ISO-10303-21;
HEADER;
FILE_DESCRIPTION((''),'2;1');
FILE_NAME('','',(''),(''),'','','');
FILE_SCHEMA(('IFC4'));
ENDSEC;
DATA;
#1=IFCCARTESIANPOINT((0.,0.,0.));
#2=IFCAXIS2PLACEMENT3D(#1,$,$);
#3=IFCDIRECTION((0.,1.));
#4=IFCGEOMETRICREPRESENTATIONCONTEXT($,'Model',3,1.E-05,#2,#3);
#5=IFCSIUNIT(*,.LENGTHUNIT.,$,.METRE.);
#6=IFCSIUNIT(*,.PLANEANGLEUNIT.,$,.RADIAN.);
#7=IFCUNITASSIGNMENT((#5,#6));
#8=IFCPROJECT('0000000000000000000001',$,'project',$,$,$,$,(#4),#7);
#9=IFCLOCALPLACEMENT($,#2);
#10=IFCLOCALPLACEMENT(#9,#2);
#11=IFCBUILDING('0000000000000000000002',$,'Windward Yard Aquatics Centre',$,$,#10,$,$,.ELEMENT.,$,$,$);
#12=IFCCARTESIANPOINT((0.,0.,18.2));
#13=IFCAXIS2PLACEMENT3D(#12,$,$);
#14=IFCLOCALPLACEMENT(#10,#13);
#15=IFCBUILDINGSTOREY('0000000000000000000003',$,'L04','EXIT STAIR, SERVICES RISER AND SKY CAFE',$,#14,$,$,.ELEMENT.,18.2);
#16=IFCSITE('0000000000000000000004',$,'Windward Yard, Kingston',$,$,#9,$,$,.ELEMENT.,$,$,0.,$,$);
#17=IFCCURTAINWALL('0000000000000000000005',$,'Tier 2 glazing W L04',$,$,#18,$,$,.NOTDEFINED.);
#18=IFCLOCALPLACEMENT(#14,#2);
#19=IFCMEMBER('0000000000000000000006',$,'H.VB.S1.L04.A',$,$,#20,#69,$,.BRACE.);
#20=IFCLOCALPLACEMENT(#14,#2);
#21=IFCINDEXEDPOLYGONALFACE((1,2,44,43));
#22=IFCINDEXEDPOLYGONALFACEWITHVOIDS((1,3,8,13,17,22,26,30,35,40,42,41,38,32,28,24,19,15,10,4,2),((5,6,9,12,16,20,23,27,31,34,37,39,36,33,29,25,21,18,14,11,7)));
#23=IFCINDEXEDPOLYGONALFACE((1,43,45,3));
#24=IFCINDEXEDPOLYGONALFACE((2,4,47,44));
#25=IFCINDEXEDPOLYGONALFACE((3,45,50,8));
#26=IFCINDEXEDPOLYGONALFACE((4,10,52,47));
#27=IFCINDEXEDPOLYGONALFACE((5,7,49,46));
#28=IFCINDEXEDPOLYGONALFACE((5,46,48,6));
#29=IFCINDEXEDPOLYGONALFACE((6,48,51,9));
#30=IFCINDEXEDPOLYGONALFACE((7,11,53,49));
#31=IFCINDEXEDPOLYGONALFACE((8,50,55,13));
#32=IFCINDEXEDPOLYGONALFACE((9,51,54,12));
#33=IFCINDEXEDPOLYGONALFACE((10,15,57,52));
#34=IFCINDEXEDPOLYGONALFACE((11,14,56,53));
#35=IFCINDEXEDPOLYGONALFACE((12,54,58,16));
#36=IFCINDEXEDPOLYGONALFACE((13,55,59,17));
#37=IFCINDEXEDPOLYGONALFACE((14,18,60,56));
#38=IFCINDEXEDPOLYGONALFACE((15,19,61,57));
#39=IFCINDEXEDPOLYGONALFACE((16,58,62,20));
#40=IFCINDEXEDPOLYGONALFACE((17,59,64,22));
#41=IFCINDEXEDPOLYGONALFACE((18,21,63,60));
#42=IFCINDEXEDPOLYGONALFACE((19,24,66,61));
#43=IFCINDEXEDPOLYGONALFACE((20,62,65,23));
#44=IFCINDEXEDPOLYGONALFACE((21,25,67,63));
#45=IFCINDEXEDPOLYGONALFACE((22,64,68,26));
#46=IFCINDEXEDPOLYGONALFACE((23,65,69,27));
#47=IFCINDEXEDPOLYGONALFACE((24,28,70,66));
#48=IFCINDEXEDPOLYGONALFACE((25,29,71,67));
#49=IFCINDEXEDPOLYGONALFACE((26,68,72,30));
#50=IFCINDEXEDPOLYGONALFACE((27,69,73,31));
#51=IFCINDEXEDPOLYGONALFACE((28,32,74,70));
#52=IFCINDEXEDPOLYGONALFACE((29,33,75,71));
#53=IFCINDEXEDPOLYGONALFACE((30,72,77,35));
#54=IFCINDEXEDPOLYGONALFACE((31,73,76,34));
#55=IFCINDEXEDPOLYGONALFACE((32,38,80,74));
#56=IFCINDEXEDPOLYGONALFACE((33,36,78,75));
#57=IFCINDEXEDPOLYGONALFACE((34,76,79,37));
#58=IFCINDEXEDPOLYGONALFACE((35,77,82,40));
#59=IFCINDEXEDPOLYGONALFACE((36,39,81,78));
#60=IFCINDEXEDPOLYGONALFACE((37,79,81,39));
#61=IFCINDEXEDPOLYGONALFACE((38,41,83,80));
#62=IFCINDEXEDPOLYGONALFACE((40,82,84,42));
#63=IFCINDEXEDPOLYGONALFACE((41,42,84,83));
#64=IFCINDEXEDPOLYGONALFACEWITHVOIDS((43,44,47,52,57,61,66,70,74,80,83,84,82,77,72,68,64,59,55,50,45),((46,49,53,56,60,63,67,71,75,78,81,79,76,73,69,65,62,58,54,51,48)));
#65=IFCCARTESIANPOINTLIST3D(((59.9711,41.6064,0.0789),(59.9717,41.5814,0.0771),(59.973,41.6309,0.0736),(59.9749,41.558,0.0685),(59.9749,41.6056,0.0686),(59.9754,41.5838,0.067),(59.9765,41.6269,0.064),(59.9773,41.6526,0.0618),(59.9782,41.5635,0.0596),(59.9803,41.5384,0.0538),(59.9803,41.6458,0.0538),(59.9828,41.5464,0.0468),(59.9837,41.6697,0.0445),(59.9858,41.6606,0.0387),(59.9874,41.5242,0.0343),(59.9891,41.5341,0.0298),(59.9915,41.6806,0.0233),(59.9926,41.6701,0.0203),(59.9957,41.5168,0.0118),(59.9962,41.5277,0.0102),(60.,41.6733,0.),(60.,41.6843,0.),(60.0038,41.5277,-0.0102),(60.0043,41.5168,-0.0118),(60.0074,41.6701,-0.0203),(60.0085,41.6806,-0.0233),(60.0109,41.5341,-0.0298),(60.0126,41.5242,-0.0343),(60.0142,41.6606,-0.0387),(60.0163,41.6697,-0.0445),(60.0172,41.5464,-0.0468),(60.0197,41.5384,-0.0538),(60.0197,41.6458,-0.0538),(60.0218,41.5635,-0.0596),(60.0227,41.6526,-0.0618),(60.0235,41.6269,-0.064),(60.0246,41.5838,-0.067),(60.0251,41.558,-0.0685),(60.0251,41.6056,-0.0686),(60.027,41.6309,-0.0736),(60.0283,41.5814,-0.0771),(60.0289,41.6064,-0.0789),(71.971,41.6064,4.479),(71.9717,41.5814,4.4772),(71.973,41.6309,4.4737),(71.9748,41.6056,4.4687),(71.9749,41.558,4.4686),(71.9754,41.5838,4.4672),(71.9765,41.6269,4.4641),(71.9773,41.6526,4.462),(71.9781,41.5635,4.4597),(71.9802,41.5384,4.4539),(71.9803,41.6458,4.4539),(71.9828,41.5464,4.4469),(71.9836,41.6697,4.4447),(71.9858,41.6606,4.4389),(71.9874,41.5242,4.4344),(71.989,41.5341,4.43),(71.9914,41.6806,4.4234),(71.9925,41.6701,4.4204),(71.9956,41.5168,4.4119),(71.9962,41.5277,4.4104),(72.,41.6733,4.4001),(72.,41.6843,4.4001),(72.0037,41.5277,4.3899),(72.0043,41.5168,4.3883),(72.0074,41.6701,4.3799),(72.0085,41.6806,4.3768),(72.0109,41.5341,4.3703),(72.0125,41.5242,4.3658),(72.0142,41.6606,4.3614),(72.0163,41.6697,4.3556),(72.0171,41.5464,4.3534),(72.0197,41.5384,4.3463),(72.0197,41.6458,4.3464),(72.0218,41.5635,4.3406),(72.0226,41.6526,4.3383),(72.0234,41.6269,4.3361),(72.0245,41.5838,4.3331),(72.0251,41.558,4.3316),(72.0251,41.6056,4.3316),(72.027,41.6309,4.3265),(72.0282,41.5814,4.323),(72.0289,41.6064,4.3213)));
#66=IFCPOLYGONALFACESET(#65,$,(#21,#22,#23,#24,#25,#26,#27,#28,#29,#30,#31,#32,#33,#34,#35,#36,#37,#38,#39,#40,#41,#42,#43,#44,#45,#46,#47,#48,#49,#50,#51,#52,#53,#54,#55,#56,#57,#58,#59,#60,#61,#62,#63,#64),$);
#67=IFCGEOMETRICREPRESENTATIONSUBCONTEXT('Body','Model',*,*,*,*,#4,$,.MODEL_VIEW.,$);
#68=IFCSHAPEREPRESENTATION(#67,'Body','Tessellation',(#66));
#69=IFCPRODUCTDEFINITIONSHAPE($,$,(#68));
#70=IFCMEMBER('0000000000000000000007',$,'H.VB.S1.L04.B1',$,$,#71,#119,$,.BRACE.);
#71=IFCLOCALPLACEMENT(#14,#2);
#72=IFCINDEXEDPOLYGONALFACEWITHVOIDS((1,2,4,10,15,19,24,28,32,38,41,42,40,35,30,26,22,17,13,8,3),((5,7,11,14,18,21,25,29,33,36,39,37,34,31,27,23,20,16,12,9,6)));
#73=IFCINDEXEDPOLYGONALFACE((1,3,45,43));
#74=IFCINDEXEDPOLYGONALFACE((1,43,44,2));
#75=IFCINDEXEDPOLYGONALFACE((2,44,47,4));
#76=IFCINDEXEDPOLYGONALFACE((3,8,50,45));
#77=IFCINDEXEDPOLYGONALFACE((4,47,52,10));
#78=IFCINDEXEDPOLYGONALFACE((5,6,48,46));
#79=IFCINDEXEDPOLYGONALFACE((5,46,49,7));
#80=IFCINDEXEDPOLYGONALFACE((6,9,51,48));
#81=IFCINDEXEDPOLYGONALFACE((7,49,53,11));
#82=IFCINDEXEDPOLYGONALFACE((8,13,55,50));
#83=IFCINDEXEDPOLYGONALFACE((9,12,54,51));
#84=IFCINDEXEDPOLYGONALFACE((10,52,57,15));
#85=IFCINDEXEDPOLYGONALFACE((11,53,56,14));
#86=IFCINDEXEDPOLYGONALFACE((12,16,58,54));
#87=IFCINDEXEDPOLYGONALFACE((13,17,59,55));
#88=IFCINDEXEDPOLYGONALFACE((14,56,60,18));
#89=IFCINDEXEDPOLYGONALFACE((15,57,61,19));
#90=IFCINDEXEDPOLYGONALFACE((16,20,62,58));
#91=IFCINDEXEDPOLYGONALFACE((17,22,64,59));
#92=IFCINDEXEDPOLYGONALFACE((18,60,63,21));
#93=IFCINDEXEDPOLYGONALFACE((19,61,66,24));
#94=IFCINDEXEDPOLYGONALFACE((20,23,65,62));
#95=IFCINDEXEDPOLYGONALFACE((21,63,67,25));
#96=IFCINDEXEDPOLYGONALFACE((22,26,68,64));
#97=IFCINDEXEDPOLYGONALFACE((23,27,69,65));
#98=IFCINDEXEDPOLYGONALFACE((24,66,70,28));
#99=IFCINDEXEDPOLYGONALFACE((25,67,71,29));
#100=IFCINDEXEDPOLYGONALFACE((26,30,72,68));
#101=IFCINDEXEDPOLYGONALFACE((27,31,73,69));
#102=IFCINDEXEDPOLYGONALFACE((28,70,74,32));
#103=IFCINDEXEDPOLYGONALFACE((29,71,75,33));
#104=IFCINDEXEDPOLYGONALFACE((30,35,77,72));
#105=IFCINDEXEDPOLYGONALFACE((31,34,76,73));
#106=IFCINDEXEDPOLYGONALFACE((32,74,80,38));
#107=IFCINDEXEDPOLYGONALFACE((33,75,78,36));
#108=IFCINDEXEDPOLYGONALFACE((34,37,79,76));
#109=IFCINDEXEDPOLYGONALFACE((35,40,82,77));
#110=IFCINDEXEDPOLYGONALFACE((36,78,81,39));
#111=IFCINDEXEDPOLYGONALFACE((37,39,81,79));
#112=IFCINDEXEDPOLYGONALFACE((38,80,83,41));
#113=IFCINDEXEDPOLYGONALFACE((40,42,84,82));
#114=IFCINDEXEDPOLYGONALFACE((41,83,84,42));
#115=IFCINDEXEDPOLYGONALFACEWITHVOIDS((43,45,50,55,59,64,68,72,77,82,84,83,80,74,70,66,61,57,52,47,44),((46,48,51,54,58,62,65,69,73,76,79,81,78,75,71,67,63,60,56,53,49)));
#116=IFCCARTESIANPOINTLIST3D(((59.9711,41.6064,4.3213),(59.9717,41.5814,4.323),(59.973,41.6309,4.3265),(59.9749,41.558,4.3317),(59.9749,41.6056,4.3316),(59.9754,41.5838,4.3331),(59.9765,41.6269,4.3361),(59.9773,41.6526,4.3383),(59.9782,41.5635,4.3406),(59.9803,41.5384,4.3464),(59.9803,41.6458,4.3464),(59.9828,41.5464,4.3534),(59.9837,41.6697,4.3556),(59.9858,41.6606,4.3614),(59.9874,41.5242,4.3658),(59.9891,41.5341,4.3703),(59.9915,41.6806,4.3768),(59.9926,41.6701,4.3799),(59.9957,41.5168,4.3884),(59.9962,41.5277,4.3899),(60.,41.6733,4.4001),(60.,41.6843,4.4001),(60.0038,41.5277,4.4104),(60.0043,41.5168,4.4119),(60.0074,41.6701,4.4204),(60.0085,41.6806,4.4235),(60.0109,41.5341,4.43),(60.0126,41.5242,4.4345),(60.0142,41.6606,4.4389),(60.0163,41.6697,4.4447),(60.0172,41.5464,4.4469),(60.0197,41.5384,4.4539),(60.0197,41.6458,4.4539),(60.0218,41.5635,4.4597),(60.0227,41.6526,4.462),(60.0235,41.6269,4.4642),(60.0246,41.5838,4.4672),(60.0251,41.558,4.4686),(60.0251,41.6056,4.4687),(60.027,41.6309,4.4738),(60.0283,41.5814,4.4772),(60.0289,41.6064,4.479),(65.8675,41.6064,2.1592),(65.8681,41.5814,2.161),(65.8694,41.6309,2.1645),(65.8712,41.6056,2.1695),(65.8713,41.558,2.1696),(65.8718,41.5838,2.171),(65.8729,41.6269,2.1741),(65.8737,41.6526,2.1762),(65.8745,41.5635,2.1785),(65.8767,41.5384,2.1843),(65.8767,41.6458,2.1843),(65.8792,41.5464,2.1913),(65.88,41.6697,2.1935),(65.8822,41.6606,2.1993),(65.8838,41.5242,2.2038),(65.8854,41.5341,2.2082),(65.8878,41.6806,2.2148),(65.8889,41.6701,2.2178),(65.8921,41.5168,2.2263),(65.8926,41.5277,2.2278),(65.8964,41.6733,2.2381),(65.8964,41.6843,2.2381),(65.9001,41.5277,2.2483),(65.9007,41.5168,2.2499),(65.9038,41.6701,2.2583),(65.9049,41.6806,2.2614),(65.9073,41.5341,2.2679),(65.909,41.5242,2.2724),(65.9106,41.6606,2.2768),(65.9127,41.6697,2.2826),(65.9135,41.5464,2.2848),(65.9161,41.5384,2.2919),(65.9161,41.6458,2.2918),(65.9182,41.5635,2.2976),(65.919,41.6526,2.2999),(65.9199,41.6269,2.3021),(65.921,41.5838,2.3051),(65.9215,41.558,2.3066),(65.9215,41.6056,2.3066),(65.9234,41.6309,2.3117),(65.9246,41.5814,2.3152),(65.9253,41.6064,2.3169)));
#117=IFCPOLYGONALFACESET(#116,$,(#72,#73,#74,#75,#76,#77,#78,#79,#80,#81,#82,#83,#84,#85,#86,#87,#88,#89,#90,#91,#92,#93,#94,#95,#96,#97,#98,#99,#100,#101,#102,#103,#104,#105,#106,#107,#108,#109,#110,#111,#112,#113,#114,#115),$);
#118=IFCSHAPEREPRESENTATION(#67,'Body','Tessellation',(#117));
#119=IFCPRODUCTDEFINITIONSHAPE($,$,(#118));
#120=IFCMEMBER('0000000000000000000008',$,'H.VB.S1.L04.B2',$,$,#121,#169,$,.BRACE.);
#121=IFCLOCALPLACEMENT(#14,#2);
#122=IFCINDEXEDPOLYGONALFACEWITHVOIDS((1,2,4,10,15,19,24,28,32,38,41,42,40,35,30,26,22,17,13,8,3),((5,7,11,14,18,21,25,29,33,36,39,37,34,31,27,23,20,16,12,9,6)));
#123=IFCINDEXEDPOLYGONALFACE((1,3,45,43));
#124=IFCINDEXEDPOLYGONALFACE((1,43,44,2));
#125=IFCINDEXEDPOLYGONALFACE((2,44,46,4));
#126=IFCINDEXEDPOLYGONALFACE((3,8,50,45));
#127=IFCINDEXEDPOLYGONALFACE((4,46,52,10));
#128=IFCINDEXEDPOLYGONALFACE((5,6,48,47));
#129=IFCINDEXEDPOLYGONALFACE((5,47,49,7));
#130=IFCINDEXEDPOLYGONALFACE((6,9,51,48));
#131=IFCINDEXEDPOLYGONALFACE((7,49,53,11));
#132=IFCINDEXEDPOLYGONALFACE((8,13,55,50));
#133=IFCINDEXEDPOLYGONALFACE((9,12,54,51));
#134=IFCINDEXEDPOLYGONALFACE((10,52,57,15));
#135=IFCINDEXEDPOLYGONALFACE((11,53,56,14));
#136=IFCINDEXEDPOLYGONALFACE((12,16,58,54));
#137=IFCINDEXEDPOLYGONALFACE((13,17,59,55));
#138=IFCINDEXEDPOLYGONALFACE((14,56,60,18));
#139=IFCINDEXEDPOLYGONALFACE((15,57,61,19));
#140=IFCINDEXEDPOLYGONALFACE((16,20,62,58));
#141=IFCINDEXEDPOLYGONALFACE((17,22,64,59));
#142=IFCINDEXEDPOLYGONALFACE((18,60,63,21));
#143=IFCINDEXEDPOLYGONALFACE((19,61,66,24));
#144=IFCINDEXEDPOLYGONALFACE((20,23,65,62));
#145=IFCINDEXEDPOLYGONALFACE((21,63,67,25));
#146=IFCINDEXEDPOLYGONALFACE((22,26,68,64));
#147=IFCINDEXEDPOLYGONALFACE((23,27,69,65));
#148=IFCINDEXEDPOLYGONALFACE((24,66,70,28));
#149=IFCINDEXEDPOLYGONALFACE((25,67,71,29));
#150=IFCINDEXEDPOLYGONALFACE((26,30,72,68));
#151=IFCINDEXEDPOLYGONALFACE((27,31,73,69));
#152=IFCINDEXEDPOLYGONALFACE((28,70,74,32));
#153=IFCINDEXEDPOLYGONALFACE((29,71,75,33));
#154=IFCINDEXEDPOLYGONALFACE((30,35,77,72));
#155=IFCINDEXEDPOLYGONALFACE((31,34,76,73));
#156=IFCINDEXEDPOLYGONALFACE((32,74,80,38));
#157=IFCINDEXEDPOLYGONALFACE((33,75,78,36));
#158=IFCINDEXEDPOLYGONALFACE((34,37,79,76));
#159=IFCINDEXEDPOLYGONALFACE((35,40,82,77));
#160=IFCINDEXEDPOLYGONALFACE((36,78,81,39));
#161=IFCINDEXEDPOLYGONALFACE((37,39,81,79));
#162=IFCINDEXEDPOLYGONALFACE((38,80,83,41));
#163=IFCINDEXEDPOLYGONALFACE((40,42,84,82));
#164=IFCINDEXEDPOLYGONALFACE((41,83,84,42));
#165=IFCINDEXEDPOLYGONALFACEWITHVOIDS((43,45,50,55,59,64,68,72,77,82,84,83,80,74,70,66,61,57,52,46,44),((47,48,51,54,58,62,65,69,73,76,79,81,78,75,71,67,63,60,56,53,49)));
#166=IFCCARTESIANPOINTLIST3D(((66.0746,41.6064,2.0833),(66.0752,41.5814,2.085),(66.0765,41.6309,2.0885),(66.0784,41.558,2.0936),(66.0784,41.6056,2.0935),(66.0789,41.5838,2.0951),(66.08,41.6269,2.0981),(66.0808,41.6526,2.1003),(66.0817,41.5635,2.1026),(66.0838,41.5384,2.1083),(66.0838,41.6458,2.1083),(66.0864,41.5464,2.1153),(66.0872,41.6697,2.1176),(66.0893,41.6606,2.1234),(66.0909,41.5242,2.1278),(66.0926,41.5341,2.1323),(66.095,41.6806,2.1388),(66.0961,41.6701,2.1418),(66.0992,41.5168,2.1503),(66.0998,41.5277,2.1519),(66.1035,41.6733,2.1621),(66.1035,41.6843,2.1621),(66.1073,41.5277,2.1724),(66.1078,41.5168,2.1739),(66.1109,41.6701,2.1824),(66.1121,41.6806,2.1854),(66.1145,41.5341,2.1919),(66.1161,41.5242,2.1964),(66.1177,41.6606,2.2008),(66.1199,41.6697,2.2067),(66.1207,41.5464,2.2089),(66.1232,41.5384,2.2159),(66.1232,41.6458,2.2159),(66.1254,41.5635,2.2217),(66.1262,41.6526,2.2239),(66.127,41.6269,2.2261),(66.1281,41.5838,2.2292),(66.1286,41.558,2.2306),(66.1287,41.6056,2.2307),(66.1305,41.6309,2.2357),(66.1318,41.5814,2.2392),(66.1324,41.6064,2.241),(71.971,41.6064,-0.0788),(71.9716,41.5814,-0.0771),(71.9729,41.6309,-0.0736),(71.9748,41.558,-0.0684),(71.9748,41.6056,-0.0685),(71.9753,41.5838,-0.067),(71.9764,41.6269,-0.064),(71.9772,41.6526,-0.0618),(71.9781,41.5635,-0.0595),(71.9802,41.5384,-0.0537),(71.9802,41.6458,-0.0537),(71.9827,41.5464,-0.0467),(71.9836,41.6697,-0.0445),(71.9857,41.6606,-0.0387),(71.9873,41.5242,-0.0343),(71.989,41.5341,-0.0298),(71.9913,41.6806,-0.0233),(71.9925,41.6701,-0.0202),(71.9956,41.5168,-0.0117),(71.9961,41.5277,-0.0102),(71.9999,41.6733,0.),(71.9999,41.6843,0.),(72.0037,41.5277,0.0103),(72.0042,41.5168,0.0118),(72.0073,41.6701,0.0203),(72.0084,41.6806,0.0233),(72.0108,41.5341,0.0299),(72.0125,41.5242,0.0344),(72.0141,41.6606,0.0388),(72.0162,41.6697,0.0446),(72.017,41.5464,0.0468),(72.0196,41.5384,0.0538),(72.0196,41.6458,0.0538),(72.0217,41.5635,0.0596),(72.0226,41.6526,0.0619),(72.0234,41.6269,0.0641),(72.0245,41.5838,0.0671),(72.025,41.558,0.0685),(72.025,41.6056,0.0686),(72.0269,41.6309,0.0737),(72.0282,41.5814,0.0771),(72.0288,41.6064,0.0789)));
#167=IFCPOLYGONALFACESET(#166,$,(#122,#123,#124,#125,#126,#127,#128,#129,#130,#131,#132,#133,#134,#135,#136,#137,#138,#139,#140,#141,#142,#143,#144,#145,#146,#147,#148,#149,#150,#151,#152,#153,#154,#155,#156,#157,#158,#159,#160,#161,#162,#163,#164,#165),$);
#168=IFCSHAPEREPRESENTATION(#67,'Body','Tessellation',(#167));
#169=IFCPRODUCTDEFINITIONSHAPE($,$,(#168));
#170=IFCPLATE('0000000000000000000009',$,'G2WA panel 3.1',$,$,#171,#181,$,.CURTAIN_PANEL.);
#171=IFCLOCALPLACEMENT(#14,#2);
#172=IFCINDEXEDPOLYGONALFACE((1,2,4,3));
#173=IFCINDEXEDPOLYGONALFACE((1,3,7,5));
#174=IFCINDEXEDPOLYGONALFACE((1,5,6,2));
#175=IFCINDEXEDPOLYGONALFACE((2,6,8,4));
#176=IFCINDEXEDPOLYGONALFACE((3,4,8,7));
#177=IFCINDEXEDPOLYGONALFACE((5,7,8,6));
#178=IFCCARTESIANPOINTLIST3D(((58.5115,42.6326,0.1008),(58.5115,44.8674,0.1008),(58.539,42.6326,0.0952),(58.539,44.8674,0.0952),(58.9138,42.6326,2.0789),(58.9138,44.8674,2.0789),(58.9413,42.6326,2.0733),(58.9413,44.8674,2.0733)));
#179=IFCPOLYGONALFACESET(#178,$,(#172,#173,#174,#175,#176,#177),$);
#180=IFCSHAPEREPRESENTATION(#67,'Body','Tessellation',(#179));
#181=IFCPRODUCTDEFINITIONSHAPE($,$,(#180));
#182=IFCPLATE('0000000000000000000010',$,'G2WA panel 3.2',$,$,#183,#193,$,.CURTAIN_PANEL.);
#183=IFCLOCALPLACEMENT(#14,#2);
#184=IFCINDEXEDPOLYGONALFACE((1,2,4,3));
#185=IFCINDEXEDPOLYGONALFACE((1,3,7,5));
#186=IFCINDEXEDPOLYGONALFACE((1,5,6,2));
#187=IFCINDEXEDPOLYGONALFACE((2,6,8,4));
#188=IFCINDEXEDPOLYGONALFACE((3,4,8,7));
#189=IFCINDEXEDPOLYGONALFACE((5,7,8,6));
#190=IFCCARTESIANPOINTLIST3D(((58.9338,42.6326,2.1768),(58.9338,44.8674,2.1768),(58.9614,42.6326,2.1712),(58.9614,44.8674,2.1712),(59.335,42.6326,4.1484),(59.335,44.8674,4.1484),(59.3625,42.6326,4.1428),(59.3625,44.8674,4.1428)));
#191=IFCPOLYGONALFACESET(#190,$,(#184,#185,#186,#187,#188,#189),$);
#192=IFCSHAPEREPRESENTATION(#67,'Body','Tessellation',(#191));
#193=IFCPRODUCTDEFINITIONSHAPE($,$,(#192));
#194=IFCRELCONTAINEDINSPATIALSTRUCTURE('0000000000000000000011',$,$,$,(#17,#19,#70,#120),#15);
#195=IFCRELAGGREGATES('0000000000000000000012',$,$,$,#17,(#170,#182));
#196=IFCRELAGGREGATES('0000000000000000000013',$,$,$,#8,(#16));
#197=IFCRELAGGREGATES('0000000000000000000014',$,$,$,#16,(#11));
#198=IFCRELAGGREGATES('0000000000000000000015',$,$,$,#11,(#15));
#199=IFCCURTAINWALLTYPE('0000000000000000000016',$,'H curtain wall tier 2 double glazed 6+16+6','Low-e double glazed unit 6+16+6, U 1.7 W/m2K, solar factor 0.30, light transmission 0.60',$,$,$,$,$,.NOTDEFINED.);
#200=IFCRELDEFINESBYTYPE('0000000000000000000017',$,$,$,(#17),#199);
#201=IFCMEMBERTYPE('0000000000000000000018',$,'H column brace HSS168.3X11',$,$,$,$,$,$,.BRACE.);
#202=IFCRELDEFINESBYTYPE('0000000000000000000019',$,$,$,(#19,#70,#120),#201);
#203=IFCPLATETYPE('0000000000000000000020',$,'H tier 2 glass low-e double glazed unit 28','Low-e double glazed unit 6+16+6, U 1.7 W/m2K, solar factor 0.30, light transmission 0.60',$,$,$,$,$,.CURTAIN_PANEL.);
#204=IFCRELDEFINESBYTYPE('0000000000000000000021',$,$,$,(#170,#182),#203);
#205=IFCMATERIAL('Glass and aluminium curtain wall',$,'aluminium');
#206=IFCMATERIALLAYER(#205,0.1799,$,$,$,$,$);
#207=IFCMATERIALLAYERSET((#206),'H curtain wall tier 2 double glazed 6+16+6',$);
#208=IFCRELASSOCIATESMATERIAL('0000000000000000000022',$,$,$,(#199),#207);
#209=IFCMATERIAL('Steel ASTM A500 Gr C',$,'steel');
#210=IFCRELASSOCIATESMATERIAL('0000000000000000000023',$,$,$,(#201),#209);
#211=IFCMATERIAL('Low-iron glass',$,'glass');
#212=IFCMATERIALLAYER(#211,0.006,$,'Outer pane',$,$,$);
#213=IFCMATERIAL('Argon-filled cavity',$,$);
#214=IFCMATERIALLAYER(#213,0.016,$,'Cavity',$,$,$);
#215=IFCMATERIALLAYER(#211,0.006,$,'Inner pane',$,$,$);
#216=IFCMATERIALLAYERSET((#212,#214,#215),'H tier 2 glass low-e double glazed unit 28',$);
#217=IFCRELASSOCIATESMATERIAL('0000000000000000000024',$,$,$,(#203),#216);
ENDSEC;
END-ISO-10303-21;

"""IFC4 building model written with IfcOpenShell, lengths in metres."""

from ifc_helpers import new_model, si_unit, direction, frame, origin, origin_2d, place, context, subcontext, project, spatial, polyline, hollow_circle, outline, extrude, material, layer, layer_set, material_profile, profile_set, type_object, element, aggregate, save


model = new_model("IFC4")

# Units and contexts
model_context = context("Model", 3, precision=1e-05, world=origin(), true_north=direction((0.0, 1.0)))
body_context = subcontext(model_context, "Body", "Model", "MODEL_VIEW")
ifc_project = project(units=[si_unit("LENGTHUNIT", "METRE"), si_unit("PLANEANGLEUNIT", "RADIAN")], contexts=[model_context])

# Site, building, storey
site_placement = place(None, origin())
site = spatial("IfcSite", under=ifc_project, at=site_placement, Name="Windward Yard, Kingston", CompositionType="ELEMENT", RefElevation=0.0)
building_placement = place(site_placement, origin())
building = spatial("IfcBuilding", under=site, at=building_placement, Name="Windward Yard Aquatics Centre", CompositionType="ELEMENT")
storey_placement = place(building_placement, frame((0.0, 0.0, 18.2)))
storey = spatial("IfcBuildingStorey", under=building, at=storey_placement, Name="L04", Description="EXIT STAIR, SERVICES RISER AND SKY CAFE", CompositionType="ELEMENT", Elevation=18.2)

# Shared definitions
ifc_material_1 = material(Name="Steel ASTM A500 Gr C", Category="steel")

# Curtain wall
ifc_material_2 = material(Name="Glass and aluminium curtain wall", Category="aluminium")
ifc_layer_1 = layer(ifc_material_2, 0.1799)
ifc_layer_set_1 = layer_set([ifc_layer_1], Name="H curtain wall tier 2 double glazed 6+16+6")
curtain_wall_type = type_object("IfcCurtainWallType", Name="H curtain wall tier 2 double glazed 6+16+6", Description="Low-e double glazed unit 6+16+6, U 1.7 W/m2K, solar factor 0.30, light transmission 0.60", PredefinedType="NOTDEFINED", material=ifc_layer_set_1)
curtain_wall_placement = place(storey_placement, origin())
curtain_wall = element("IfcCurtainWall", 1, at=curtain_wall_placement, inside=storey, type_object=curtain_wall_type, Name="Tier 2 glazing W L04", PredefinedType="NOTDEFINED")

# Members
ifc_material_profile_1 = material_profile(ifc_material_1, hollow_circle(Radius=0.0842, WallThickness=0.011, at=origin_2d()), Name="HSS168.3X11")
ifc_profile_set_1 = profile_set([ifc_material_profile_1], Name="Steel ASTM A500 Gr C")
member_type_1 = type_object("IfcMemberType", Name="H column brace HSS168.3X11", PredefinedType="BRACE", material=ifc_profile_set_1)
member_1_placement = place(storey_placement, frame((60.0, 41.6001, 0.0), z_axis=(0.938873, 0.0, 0.344265), x_axis=(0.0, 1.0, 0.0)))
element("IfcMember", 2, at=member_1_placement, inside=storey, type_object=member_type_1, Name="H.VB.S1.L04.A", PredefinedType="BRACE", context=body_context, shape_type="SweptSolid", body=[
    extrude(hollow_circle(Radius=0.0842, WallThickness=0.011, at=origin_2d()), origin(), (0.0, 0.0, 1.0), 12.7812),
])
for number, where, z_axis, x_axis, name in (
    (3, (60.0, 41.6001, 4.4001), (0.938873, 0.0, -0.344264), (0.0, 1.0, 0.0), "H.VB.S1.L04.B1"),
    (4, (66.1035, 41.6001, 2.1621), (0.938873, 0.0, -0.344264), (0.0, 1.0, 0.0), "H.VB.S1.L04.B2"),
):
    element("IfcMember", number, at=place(storey_placement, frame(where, z_axis=z_axis, x_axis=x_axis)), inside=storey, type_object=member_type_1, Name=name, PredefinedType="BRACE", context=body_context, shape_type="SweptSolid", body=[
        extrude(hollow_circle(Radius=0.0842, WallThickness=0.011, at=origin_2d()), origin(), (0.0, 0.0, 1.0), 6.2803),
    ])

# Plates
ifc_material_3 = material(Name="Low-iron glass", Category="glass")
ifc_layer_2 = layer(ifc_material_3, 0.006, Name="Outer pane")
ifc_material_4 = material(Name="Argon-filled cavity")
ifc_layer_3 = layer(ifc_material_4, 0.016, Name="Cavity")
ifc_layer_4 = layer(ifc_material_3, 0.006, Name="Inner pane")
ifc_layer_set_2 = layer_set([ifc_layer_2, ifc_layer_3, ifc_layer_4], Name="H tier 2 glass low-e double glazed unit 28")
plate_type = type_object("IfcPlateType", Name="H tier 2 glass low-e double glazed unit 28", Description="Low-e double glazed unit 6+16+6, U 1.7 W/m2K, solar factor 0.30, light transmission 0.60", PredefinedType="CURTAIN_PANEL", material=ifc_layer_set_2)
plate_1_placement = place(storey_placement, frame((58.5115, 42.6326, 0.1008), z_axis=(-0.979933, 0.0, 0.199325), x_axis=(0.0, 1.0, 0.0)))
plate_1 = element("IfcPlate", 5, at=plate_1_placement, type_object=plate_type, Name="G2WA panel 3.1", PredefinedType="CURTAIN_PANEL", context=body_context, shape_type="SweptSolid", body=[
    extrude(outline(polyline([(0.0, 0.0), (2.2349, 0.0), (2.2349, -2.0185), (0.0, -2.0185), (0.0, 0.0)])), origin(), (0.0, 0.0, -1.0), 0.0281),
])
plate_2_placement = place(storey_placement, frame((58.9338, 42.6326, 2.1768), z_axis=(-0.979927, 0.0, 0.199359), x_axis=(0.0, 1.0, 0.0)))
plate_2 = element("IfcPlate", 6, at=plate_2_placement, type_object=plate_type, Name="G2WA panel 3.2", PredefinedType="CURTAIN_PANEL", context=body_context, shape_type="SweptSolid", body=[
    extrude(outline(polyline([(0.0, 0.0), (2.2349, 0.0), (2.2349, -2.0121), (0.0, -2.0121), (0.0, 0.0)])), origin(), (0.0, 0.0, -1.0), 0.0281),
])
aggregate(curtain_wall, [plate_1, plate_2])

save(model, "model.ifc")
